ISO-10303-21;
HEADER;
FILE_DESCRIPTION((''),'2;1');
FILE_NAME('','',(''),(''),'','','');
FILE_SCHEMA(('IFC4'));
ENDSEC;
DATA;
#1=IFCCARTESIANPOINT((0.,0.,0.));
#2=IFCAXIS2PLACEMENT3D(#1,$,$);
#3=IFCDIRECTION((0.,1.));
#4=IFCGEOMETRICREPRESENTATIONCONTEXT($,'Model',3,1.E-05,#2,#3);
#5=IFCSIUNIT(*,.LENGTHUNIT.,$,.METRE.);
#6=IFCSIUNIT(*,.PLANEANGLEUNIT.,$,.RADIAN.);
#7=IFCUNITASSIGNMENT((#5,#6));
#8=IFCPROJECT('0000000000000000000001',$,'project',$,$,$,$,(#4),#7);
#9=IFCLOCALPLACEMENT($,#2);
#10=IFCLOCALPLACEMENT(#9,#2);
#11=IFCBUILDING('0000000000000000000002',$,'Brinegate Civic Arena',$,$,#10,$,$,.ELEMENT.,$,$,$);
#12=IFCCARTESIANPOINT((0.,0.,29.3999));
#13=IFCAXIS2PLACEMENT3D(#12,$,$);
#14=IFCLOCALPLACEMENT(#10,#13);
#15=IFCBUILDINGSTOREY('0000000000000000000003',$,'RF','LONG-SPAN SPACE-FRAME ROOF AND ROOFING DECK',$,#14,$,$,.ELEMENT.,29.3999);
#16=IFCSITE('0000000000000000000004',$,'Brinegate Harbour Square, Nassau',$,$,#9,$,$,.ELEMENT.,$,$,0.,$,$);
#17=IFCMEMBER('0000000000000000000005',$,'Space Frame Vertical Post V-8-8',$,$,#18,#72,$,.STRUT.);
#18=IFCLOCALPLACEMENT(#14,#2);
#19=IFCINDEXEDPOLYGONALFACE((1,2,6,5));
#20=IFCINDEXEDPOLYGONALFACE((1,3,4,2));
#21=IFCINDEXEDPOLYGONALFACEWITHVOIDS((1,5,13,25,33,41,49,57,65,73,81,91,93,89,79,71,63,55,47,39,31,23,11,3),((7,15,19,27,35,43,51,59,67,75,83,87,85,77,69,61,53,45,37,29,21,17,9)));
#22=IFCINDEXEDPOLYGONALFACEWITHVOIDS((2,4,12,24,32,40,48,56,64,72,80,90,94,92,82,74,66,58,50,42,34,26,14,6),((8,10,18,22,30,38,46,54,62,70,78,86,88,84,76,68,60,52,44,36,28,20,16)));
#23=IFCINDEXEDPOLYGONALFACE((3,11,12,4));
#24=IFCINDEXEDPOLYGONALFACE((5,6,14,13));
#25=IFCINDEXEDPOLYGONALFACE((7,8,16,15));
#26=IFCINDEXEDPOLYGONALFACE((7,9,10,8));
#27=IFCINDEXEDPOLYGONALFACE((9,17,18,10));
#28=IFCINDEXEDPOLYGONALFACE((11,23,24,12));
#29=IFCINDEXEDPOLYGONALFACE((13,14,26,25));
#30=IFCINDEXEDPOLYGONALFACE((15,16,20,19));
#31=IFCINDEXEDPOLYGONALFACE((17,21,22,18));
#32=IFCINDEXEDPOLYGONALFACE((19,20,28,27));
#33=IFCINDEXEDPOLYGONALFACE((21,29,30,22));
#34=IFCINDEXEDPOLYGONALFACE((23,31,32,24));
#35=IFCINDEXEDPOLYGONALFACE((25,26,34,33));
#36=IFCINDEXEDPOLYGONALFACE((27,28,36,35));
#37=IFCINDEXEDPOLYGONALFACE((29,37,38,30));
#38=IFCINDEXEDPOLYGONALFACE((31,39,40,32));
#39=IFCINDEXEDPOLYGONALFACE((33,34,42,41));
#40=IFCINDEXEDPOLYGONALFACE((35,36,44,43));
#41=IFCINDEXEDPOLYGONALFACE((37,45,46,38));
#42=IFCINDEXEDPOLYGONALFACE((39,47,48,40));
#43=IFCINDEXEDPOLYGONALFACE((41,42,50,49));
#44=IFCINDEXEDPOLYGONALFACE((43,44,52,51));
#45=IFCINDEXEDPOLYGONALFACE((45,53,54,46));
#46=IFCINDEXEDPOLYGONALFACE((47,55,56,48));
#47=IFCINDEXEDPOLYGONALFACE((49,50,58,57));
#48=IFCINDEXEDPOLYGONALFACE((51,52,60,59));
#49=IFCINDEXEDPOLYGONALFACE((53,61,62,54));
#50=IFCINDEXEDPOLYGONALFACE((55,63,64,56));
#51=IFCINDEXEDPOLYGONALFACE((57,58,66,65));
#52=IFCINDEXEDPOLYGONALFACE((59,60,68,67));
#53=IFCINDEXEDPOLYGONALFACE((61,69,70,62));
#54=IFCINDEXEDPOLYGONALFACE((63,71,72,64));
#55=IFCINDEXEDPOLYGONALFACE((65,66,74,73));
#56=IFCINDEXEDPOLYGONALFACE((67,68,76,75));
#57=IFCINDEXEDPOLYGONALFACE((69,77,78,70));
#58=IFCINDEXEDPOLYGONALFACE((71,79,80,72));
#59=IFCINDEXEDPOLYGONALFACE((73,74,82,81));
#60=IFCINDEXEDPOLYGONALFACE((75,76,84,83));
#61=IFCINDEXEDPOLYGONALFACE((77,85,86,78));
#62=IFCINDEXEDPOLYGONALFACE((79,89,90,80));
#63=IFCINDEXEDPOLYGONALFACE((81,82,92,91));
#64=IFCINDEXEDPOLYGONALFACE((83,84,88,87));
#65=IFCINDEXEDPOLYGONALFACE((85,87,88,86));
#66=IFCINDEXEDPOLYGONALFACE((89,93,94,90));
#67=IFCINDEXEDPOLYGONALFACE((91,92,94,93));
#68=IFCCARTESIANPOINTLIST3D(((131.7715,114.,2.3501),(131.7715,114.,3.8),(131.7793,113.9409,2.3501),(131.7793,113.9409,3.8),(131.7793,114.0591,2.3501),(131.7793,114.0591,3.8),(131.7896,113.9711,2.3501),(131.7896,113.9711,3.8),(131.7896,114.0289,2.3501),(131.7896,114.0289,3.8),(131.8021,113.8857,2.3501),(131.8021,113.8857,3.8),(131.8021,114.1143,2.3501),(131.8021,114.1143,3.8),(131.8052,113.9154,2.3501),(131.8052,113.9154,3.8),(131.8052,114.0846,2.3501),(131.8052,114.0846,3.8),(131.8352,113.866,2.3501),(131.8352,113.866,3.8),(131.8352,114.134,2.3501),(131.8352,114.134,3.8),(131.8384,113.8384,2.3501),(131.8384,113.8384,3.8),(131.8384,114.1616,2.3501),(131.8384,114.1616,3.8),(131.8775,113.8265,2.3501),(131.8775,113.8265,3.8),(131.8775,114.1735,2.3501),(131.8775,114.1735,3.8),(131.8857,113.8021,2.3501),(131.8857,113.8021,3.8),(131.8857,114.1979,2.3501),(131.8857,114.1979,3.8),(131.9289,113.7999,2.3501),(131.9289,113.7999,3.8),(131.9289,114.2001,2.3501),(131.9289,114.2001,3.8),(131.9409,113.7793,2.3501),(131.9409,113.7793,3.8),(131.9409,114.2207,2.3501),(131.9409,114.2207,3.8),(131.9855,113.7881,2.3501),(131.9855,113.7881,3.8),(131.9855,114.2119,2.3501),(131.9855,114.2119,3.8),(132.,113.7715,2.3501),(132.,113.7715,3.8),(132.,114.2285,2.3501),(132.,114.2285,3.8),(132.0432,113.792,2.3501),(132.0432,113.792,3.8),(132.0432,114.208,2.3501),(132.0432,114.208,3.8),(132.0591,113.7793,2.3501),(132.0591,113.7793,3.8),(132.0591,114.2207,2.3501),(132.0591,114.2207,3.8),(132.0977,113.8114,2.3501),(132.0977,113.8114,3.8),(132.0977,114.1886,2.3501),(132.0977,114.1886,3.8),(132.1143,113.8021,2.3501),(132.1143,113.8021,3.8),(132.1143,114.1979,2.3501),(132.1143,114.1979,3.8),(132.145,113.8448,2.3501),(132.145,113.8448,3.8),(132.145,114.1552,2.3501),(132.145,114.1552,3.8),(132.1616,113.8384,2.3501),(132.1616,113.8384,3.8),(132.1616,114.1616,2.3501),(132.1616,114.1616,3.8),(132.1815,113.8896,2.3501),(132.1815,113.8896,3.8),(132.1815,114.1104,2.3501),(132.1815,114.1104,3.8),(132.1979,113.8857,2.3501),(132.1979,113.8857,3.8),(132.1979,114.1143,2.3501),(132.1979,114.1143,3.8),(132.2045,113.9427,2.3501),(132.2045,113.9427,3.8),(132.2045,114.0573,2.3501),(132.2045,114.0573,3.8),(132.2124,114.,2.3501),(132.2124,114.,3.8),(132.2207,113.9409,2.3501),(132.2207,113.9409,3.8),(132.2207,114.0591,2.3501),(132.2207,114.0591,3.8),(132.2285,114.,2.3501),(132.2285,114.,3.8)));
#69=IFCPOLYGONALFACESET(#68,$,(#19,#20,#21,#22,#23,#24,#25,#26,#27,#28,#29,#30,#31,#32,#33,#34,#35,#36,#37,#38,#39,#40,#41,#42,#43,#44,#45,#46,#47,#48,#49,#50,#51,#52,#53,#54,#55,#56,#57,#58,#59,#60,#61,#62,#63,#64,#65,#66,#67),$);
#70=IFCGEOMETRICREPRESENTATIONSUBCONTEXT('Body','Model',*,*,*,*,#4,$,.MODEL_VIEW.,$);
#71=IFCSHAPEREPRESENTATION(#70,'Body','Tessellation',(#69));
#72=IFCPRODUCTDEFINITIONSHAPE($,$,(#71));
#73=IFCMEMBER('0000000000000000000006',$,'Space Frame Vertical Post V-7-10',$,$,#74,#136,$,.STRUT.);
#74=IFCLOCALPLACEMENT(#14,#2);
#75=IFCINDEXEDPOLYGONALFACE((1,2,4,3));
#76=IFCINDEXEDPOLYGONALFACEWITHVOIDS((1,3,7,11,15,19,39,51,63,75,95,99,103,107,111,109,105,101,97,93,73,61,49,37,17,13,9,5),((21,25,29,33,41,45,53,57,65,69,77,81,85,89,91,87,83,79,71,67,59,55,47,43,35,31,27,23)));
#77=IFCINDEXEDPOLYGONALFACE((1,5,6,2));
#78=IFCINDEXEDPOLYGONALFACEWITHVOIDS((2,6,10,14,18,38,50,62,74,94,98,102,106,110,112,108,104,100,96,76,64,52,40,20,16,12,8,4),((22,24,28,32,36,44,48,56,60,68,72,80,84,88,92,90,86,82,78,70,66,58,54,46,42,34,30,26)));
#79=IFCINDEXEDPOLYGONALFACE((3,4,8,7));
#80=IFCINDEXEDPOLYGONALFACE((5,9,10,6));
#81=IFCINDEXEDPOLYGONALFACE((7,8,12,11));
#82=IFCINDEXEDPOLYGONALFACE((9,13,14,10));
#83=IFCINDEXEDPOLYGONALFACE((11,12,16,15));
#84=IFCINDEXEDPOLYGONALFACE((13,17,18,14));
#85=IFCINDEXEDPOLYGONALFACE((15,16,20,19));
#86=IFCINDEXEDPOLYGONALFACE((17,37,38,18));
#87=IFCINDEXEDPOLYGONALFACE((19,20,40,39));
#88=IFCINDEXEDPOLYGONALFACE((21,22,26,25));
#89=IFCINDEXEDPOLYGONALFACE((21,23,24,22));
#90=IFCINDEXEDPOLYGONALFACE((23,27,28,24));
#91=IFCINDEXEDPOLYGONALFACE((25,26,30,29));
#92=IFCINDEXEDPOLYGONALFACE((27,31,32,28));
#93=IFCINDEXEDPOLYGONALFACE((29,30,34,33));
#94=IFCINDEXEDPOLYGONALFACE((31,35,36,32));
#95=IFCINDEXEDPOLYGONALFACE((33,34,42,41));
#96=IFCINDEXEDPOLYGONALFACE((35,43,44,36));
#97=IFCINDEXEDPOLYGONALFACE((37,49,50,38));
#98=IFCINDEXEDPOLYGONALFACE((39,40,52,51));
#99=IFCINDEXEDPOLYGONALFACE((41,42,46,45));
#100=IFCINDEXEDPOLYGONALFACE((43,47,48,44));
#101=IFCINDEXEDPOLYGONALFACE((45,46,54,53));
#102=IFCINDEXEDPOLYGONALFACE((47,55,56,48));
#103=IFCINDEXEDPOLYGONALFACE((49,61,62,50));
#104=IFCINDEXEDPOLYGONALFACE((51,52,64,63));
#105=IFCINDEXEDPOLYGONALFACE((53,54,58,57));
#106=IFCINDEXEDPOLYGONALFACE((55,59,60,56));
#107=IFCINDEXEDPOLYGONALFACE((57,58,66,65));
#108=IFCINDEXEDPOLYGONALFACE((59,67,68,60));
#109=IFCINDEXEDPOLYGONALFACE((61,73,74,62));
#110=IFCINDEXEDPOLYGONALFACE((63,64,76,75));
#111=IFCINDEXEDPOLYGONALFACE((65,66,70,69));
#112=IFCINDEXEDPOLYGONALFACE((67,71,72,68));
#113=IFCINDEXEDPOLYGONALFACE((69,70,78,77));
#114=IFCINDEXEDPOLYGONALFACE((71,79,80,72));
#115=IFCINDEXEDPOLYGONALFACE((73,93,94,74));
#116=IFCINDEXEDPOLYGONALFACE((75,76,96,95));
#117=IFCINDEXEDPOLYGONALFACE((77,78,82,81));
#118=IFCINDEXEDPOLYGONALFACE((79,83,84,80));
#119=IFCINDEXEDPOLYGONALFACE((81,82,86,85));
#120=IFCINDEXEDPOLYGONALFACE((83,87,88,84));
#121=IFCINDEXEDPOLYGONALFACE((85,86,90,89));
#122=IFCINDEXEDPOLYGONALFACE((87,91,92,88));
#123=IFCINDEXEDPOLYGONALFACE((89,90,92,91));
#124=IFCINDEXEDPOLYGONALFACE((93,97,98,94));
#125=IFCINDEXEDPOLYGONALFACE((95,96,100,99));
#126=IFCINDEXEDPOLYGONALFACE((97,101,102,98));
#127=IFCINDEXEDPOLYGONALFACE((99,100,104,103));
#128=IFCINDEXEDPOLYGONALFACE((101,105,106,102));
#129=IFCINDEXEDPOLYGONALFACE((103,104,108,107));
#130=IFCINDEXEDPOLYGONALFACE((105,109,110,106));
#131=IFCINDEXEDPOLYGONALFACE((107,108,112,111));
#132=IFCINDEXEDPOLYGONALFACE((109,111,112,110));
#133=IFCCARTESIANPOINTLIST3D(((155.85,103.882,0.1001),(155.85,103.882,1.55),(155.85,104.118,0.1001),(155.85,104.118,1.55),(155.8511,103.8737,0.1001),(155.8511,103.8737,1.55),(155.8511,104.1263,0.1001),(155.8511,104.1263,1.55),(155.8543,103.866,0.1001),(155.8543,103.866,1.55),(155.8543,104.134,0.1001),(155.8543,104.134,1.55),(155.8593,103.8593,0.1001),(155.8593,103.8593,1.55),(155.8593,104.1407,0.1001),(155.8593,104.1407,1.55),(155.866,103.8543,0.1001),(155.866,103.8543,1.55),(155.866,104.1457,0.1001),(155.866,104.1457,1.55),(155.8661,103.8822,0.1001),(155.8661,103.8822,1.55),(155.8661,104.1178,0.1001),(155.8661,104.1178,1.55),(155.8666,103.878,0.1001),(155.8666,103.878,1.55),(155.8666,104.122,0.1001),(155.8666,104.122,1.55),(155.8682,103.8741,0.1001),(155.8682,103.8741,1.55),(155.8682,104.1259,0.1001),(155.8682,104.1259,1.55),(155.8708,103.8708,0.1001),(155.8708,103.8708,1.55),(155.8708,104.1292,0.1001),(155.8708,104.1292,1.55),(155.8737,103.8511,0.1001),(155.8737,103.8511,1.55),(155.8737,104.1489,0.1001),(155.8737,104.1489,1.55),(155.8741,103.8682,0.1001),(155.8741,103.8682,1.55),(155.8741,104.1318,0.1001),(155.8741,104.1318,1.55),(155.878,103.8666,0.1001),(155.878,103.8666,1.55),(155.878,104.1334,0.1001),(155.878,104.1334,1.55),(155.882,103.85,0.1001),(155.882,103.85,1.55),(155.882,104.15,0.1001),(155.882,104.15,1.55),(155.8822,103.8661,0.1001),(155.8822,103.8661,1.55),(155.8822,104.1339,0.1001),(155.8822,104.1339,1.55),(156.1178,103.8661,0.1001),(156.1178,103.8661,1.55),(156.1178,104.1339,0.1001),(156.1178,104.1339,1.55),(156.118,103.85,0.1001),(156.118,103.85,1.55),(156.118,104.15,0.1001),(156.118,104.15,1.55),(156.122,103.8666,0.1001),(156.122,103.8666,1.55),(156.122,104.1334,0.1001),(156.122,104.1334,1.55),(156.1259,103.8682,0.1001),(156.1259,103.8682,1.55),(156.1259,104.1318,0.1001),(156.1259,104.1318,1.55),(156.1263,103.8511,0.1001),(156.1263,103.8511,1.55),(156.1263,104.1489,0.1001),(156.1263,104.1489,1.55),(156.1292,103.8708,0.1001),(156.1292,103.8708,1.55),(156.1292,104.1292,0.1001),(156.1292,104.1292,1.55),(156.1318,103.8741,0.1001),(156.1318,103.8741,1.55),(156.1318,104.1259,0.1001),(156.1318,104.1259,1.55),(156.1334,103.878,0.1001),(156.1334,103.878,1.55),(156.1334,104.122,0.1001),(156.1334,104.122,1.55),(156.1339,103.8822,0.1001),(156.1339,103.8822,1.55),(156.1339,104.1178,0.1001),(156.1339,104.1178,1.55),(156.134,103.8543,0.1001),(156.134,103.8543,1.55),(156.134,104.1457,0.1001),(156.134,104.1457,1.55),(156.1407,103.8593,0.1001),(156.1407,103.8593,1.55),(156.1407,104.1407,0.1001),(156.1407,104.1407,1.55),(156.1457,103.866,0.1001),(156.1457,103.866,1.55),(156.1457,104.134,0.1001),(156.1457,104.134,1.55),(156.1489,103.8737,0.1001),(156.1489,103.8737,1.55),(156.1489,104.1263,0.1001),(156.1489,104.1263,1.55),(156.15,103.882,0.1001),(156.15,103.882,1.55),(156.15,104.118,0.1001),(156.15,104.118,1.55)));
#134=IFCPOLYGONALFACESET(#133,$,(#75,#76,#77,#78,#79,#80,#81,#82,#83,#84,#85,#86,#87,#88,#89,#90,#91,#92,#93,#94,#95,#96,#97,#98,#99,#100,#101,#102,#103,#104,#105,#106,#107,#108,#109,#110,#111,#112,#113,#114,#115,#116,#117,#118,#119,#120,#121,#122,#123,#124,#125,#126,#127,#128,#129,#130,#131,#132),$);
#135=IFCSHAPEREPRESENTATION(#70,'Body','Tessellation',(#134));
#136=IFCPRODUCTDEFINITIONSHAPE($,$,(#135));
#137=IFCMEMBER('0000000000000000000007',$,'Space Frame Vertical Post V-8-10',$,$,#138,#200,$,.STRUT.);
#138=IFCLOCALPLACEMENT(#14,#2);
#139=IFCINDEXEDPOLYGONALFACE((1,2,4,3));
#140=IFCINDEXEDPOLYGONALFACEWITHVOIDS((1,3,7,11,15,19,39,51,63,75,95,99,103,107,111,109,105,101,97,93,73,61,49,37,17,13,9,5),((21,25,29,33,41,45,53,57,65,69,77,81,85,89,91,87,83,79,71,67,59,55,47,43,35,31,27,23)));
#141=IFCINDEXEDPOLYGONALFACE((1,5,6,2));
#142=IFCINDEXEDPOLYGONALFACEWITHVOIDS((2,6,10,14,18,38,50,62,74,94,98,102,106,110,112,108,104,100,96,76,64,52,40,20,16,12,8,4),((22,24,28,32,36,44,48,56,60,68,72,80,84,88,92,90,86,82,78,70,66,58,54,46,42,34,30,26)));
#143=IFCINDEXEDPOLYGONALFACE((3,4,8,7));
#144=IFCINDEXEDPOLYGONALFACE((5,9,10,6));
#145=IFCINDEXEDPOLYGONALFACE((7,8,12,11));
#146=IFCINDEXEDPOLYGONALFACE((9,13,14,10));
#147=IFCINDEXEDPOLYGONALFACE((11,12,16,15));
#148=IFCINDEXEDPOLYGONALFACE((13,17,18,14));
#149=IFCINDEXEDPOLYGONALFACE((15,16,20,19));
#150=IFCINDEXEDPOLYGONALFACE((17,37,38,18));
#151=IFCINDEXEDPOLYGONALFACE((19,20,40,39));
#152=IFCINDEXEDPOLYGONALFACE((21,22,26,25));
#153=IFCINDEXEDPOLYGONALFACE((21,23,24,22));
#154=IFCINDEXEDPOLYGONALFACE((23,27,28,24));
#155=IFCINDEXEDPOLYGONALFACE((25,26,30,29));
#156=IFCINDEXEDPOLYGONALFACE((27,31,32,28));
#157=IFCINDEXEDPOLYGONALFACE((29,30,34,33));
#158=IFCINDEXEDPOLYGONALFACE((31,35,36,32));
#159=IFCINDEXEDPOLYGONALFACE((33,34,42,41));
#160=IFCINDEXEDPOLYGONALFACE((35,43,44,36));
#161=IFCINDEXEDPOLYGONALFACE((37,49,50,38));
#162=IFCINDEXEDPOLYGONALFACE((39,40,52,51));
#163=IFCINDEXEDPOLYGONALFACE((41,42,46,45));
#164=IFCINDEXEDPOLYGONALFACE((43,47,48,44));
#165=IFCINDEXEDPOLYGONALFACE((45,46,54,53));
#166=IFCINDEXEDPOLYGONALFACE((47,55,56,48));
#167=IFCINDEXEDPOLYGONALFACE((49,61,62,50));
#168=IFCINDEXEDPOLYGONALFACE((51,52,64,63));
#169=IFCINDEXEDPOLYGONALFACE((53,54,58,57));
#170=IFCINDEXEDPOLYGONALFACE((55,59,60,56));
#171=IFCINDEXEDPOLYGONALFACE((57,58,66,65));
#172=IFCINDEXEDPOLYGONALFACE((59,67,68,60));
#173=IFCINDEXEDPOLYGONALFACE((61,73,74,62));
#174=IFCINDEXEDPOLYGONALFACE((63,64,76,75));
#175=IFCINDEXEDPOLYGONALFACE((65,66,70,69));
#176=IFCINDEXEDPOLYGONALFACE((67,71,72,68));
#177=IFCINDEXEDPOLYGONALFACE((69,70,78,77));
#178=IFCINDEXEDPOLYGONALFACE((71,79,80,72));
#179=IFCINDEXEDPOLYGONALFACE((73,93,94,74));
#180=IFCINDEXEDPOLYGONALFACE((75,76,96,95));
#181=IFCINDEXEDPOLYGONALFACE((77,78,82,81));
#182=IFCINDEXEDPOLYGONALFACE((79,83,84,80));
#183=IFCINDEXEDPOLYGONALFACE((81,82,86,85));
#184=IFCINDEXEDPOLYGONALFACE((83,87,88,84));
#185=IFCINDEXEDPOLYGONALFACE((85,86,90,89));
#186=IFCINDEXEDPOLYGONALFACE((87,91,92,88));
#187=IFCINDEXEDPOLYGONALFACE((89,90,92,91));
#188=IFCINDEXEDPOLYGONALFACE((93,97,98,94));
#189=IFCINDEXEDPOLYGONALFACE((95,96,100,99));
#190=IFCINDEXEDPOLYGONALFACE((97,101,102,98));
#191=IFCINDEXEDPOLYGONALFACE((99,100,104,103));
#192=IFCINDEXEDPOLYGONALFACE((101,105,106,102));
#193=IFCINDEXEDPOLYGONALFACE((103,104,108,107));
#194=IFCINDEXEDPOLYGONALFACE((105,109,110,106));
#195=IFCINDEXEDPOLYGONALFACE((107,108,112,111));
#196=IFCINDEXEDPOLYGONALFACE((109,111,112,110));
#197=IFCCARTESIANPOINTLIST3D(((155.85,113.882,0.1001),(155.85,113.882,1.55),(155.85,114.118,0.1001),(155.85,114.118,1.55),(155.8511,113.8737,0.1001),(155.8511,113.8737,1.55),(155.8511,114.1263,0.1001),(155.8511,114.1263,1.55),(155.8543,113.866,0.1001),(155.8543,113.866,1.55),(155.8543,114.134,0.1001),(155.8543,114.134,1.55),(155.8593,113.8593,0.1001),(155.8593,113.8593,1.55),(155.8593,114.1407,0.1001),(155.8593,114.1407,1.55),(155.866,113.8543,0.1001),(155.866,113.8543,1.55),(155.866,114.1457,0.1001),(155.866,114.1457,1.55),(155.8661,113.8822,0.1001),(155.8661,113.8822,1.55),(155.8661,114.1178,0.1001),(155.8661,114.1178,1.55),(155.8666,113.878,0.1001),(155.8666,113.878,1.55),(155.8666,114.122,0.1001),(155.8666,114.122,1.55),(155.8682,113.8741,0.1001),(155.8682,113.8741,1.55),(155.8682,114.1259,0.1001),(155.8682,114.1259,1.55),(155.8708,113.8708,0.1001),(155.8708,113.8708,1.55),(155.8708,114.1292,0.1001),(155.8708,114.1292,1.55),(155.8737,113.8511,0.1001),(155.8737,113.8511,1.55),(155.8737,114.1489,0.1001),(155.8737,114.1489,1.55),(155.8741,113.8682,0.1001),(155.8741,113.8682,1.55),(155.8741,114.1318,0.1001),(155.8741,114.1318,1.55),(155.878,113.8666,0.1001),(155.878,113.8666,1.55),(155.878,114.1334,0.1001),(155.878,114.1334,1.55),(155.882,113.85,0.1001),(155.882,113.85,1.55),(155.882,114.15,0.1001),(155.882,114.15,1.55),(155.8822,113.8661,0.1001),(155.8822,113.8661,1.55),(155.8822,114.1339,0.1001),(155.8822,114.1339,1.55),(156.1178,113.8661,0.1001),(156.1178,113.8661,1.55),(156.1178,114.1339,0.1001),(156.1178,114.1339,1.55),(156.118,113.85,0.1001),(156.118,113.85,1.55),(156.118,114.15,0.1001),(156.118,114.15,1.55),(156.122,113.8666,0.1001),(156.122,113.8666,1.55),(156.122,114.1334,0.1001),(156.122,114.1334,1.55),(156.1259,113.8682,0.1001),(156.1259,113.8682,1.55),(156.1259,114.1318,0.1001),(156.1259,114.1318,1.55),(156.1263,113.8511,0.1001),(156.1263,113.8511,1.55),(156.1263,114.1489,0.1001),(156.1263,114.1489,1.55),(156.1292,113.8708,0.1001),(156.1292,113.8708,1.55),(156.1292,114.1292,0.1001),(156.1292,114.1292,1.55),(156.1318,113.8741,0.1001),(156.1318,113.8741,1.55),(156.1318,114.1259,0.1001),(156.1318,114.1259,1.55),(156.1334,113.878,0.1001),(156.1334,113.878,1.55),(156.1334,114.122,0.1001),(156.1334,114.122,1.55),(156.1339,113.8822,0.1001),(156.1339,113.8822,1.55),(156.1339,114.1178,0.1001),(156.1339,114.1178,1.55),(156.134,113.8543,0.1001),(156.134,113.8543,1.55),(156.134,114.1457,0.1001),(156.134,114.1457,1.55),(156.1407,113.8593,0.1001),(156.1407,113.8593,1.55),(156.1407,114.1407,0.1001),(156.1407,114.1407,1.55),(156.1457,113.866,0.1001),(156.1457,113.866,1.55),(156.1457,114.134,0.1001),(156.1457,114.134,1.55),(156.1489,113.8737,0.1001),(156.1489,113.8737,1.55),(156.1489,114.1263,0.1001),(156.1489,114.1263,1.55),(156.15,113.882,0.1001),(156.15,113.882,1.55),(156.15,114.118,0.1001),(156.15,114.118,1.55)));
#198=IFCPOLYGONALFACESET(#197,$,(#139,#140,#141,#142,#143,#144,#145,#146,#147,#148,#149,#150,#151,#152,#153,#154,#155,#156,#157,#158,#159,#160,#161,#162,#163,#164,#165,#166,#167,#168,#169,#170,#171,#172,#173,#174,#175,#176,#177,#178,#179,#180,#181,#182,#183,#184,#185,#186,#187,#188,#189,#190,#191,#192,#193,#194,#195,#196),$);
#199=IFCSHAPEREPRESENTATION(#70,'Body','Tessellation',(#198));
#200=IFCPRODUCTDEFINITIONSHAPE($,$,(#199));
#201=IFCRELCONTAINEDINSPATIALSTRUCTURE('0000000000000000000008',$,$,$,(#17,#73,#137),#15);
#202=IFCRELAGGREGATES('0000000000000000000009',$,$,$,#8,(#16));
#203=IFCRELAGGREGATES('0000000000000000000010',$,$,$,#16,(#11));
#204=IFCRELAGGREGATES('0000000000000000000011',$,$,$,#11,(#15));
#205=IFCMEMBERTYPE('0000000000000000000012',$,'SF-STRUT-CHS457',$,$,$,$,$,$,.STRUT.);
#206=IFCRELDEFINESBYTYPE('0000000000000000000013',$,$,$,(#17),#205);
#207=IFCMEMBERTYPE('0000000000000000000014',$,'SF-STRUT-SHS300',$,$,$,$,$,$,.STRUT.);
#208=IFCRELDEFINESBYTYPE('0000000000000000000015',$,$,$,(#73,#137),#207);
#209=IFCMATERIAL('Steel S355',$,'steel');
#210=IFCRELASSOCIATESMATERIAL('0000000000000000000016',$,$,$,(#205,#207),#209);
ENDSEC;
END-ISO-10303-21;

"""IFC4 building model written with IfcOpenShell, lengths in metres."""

from ifc_helpers import new_model, si_unit, direction, frame, origin, origin_2d, place, context, subcontext, project, spatial, hollow_rectangle, hollow_circle, extrude, material, material_profile, profile_set, type_object, element, save


model = new_model("IFC4")

# Units and contexts
model_context = context("Model", 3, precision=1e-05, world=origin(), true_north=direction((0.0, 1.0)))
body_context = subcontext(model_context, "Body", "Model", "MODEL_VIEW")
ifc_project = project(units=[si_unit("LENGTHUNIT", "METRE"), si_unit("PLANEANGLEUNIT", "RADIAN")], contexts=[model_context])

# Site, building, storey
site_placement = place(None, origin())
site = spatial("IfcSite", under=ifc_project, at=site_placement, Name="Brinegate Harbour Square, Nassau", CompositionType="ELEMENT", RefElevation=0.0)
building_placement = place(site_placement, origin())
building = spatial("IfcBuilding", under=site, at=building_placement, Name="Brinegate Civic Arena", CompositionType="ELEMENT")
storey_placement = place(building_placement, frame((0.0, 0.0, 29.3999)))
storey = spatial("IfcBuildingStorey", under=building, at=storey_placement, Name="RF", Description="LONG-SPAN SPACE-FRAME ROOF AND ROOFING DECK", CompositionType="ELEMENT", Elevation=29.3999)

# Shared definitions
ifc_material_1 = material(Name="Steel S355", Category="steel")

# Members
ifc_material_profile_1 = material_profile(ifc_material_1, hollow_circle(Radius=0.2285, WallThickness=0.0161, at=origin_2d()), Name="CHS457X16")
ifc_profile_set_1 = profile_set([ifc_material_profile_1], Name="Steel S355")
member_type_1 = type_object("IfcMemberType", Name="SF-STRUT-CHS457", PredefinedType="STRUT", material=ifc_profile_set_1)
member_1_placement = place(storey_placement, frame((132.0, 114.0, 2.3501), z_axis=(0.0, 0.0, 1.0), x_axis=(1.0, 0.0, 0.0)))
element("IfcMember", 1, at=member_1_placement, inside=storey, type_object=member_type_1, Name="Space Frame Vertical Post V-8-8", PredefinedType="STRUT", context=body_context, shape_type="SweptSolid", body=[
    extrude(hollow_circle(Radius=0.2285, WallThickness=0.0161, at=origin_2d()), origin(), (0.0, 0.0, 1.0), 1.45),
])
ifc_material_profile_2 = material_profile(ifc_material_1, hollow_rectangle(XDim=0.3, YDim=0.3, WallThickness=0.0161, InnerFilletRadius=0.0161, OuterFilletRadius=0.032, at=origin_2d()), Name="SHS300X16")
ifc_profile_set_2 = profile_set([ifc_material_profile_2], Name="Steel S355")
member_type_2 = type_object("IfcMemberType", Name="SF-STRUT-SHS300", PredefinedType="STRUT", material=ifc_profile_set_2)
for number, where, z_axis, x_axis, name in (
    (2, (156.0, 104.0, 0.1001), (0.0, 0.0, 1.0), (1.0, 0.0, 0.0), "Space Frame Vertical Post V-7-10"),
    (3, (156.0, 114.0, 0.1001), (0.0, 0.0, 1.0), (1.0, 0.0, 0.0), "Space Frame Vertical Post V-8-10"),
):
    element("IfcMember", number, at=place(storey_placement, frame(where, z_axis=z_axis, x_axis=x_axis)), inside=storey, type_object=member_type_2, Name=name, PredefinedType="STRUT", context=body_context, shape_type="SweptSolid", body=[
        extrude(hollow_rectangle(XDim=0.3, YDim=0.3, WallThickness=0.0161, InnerFilletRadius=0.0161, OuterFilletRadius=0.032, at=origin_2d()), origin(), (0.0, 0.0, 1.0), 1.45),
    ])

save(model, "model.ifc")
